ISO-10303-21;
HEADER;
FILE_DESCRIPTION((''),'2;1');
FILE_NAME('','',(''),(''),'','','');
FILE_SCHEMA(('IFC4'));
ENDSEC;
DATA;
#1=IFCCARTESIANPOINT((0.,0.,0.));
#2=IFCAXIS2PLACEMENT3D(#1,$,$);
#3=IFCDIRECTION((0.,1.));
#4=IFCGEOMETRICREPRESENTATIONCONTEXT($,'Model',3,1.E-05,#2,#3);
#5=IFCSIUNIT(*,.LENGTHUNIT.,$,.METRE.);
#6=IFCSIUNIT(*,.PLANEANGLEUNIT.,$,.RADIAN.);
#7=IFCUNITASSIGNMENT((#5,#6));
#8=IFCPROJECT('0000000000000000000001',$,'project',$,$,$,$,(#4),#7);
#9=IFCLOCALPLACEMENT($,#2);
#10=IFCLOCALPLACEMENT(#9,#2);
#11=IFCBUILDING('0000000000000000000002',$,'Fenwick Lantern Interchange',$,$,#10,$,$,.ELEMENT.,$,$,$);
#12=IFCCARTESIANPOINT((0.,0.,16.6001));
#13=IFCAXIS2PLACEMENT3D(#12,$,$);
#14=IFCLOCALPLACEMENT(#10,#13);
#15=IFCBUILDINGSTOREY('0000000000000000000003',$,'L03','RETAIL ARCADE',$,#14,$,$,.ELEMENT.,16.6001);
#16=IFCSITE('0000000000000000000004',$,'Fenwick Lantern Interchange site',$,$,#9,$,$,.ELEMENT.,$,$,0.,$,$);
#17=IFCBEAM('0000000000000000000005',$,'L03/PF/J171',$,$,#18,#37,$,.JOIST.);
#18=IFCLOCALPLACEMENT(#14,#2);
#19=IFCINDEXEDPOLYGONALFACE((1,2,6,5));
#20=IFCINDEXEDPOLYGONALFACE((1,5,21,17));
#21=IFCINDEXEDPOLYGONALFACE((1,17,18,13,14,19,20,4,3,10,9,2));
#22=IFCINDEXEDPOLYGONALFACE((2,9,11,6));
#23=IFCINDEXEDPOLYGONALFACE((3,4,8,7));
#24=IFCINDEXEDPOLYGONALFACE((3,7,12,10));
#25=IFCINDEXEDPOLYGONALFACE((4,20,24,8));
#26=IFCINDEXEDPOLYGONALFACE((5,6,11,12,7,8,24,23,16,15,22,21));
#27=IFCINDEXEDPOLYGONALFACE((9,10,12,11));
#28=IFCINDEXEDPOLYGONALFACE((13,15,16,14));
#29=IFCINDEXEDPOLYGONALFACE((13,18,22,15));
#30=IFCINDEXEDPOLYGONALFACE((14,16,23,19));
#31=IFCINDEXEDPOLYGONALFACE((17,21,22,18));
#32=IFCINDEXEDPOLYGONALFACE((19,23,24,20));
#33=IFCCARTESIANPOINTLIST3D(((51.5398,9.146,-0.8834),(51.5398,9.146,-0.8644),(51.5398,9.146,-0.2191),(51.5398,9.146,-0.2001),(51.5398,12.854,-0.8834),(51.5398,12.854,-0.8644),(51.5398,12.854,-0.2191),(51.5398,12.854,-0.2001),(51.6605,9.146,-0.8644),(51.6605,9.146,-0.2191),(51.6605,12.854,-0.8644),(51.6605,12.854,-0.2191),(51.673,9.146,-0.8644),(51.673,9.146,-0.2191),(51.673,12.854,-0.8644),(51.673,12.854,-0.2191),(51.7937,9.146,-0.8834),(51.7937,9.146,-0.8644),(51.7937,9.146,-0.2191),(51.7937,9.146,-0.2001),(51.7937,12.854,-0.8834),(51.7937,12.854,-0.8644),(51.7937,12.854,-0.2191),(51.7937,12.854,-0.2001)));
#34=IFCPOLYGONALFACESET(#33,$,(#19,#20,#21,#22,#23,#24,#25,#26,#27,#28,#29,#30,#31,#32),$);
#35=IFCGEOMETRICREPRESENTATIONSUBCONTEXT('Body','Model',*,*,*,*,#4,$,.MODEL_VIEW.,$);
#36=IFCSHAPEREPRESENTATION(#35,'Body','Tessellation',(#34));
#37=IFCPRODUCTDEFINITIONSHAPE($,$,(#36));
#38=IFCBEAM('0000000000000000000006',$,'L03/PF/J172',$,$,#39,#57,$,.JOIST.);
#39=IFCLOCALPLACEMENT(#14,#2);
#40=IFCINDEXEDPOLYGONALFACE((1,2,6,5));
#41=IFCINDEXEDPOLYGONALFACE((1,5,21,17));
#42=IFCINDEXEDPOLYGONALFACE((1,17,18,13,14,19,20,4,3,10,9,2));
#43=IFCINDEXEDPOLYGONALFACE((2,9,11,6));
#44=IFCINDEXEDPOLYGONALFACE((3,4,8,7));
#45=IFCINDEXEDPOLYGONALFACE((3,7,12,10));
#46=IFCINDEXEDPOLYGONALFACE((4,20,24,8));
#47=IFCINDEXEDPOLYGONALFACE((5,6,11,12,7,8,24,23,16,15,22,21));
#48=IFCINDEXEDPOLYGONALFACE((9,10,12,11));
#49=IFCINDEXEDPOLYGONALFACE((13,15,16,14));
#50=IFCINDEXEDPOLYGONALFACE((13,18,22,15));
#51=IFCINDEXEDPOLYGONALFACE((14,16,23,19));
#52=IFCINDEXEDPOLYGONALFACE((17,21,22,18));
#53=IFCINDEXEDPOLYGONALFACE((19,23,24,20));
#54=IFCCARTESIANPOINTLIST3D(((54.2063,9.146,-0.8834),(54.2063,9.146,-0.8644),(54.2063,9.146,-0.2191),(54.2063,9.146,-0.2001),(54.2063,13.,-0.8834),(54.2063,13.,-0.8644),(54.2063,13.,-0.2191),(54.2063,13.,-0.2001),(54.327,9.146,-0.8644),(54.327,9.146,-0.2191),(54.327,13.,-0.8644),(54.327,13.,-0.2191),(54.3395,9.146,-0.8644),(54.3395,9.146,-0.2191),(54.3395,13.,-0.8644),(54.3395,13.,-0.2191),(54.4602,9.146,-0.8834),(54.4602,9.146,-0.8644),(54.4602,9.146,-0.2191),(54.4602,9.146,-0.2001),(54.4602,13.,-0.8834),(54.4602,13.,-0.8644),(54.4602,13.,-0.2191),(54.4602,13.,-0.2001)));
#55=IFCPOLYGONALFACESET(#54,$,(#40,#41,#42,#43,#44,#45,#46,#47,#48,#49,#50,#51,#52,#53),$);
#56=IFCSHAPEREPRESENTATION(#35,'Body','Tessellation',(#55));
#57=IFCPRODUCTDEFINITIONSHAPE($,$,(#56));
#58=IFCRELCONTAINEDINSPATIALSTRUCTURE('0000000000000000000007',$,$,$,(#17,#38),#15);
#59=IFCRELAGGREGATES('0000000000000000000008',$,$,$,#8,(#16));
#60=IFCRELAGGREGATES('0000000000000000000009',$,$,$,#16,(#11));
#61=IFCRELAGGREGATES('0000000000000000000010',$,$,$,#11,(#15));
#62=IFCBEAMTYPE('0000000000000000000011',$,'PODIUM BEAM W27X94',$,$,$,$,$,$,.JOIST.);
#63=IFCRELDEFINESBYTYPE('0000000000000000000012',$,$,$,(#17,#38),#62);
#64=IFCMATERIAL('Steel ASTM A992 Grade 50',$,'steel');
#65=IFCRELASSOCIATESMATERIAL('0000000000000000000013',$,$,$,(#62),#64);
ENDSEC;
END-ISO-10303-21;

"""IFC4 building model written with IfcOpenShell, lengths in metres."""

from ifc_helpers import new_model, si_unit, direction, frame, origin, origin_2d, place, context, subcontext, project, spatial, i_section, extrude, material, material_profile, profile_set, type_object, element, save


model = new_model("IFC4")

# Units and contexts
model_context = context("Model", 3, precision=1e-05, world=origin(), true_north=direction((0.0, 1.0)))
body_context = subcontext(model_context, "Body", "Model", "MODEL_VIEW")
ifc_project = project(units=[si_unit("LENGTHUNIT", "METRE"), si_unit("PLANEANGLEUNIT", "RADIAN")], contexts=[model_context])

# Site, building, storey
site_placement = place(None, origin())
site = spatial("IfcSite", under=ifc_project, at=site_placement, Name="Fenwick Lantern Interchange site", CompositionType="ELEMENT", RefElevation=0.0)
building_placement = place(site_placement, origin())
building = spatial("IfcBuilding", under=site, at=building_placement, Name="Fenwick Lantern Interchange", CompositionType="ELEMENT")
storey_placement = place(building_placement, frame((0.0, 0.0, 16.6001)))
storey = spatial("IfcBuildingStorey", under=building, at=storey_placement, Name="L03", Description="RETAIL ARCADE", CompositionType="ELEMENT", Elevation=16.6001)

# Shared definitions
ifc_material_1 = material(Name="Steel ASTM A992 Grade 50", Category="steel")

# Beams
ifc_material_profile_1 = material_profile(ifc_material_1, i_section(OverallWidth=0.2539, OverallDepth=0.6833, WebThickness=0.0125, FlangeThickness=0.019, at=origin_2d()), Name="W27X94")
ifc_profile_set_1 = profile_set([ifc_material_profile_1], Name="Steel ASTM A992 Grade 50")
beam_type_1 = type_object("IfcBeamType", Name="PODIUM BEAM W27X94", PredefinedType="JOIST", material=ifc_profile_set_1)
beam_1_placement = place(storey_placement, frame((51.6667, 9.146, -0.5417), z_axis=(0.0, 1.0, 0.0), x_axis=(-1.0, 0.0, 0.0)))
element("IfcBeam", 1, at=beam_1_placement, inside=storey, type_object=beam_type_1, Name="L03/PF/J171", PredefinedType="JOIST", context=body_context, shape_type="SweptSolid", body=[
    extrude(i_section(OverallWidth=0.2539, OverallDepth=0.6833, WebThickness=0.0125, FlangeThickness=0.019, at=origin_2d()), origin(), (0.0, 0.0, 1.0), 3.708),
])
beam_2_placement = place(storey_placement, frame((54.3333, 9.146, -0.5417), z_axis=(0.0, 1.0, 0.0), x_axis=(-1.0, 0.0, 0.0)))
element("IfcBeam", 2, at=beam_2_placement, inside=storey, type_object=beam_type_1, Name="L03/PF/J172", PredefinedType="JOIST", context=body_context, shape_type="SweptSolid", body=[
    extrude(i_section(OverallWidth=0.2539, OverallDepth=0.6833, WebThickness=0.0125, FlangeThickness=0.019, at=origin_2d()), origin(), (0.0, 0.0, 1.0), 3.854),
])

save(model, "model.ifc")
